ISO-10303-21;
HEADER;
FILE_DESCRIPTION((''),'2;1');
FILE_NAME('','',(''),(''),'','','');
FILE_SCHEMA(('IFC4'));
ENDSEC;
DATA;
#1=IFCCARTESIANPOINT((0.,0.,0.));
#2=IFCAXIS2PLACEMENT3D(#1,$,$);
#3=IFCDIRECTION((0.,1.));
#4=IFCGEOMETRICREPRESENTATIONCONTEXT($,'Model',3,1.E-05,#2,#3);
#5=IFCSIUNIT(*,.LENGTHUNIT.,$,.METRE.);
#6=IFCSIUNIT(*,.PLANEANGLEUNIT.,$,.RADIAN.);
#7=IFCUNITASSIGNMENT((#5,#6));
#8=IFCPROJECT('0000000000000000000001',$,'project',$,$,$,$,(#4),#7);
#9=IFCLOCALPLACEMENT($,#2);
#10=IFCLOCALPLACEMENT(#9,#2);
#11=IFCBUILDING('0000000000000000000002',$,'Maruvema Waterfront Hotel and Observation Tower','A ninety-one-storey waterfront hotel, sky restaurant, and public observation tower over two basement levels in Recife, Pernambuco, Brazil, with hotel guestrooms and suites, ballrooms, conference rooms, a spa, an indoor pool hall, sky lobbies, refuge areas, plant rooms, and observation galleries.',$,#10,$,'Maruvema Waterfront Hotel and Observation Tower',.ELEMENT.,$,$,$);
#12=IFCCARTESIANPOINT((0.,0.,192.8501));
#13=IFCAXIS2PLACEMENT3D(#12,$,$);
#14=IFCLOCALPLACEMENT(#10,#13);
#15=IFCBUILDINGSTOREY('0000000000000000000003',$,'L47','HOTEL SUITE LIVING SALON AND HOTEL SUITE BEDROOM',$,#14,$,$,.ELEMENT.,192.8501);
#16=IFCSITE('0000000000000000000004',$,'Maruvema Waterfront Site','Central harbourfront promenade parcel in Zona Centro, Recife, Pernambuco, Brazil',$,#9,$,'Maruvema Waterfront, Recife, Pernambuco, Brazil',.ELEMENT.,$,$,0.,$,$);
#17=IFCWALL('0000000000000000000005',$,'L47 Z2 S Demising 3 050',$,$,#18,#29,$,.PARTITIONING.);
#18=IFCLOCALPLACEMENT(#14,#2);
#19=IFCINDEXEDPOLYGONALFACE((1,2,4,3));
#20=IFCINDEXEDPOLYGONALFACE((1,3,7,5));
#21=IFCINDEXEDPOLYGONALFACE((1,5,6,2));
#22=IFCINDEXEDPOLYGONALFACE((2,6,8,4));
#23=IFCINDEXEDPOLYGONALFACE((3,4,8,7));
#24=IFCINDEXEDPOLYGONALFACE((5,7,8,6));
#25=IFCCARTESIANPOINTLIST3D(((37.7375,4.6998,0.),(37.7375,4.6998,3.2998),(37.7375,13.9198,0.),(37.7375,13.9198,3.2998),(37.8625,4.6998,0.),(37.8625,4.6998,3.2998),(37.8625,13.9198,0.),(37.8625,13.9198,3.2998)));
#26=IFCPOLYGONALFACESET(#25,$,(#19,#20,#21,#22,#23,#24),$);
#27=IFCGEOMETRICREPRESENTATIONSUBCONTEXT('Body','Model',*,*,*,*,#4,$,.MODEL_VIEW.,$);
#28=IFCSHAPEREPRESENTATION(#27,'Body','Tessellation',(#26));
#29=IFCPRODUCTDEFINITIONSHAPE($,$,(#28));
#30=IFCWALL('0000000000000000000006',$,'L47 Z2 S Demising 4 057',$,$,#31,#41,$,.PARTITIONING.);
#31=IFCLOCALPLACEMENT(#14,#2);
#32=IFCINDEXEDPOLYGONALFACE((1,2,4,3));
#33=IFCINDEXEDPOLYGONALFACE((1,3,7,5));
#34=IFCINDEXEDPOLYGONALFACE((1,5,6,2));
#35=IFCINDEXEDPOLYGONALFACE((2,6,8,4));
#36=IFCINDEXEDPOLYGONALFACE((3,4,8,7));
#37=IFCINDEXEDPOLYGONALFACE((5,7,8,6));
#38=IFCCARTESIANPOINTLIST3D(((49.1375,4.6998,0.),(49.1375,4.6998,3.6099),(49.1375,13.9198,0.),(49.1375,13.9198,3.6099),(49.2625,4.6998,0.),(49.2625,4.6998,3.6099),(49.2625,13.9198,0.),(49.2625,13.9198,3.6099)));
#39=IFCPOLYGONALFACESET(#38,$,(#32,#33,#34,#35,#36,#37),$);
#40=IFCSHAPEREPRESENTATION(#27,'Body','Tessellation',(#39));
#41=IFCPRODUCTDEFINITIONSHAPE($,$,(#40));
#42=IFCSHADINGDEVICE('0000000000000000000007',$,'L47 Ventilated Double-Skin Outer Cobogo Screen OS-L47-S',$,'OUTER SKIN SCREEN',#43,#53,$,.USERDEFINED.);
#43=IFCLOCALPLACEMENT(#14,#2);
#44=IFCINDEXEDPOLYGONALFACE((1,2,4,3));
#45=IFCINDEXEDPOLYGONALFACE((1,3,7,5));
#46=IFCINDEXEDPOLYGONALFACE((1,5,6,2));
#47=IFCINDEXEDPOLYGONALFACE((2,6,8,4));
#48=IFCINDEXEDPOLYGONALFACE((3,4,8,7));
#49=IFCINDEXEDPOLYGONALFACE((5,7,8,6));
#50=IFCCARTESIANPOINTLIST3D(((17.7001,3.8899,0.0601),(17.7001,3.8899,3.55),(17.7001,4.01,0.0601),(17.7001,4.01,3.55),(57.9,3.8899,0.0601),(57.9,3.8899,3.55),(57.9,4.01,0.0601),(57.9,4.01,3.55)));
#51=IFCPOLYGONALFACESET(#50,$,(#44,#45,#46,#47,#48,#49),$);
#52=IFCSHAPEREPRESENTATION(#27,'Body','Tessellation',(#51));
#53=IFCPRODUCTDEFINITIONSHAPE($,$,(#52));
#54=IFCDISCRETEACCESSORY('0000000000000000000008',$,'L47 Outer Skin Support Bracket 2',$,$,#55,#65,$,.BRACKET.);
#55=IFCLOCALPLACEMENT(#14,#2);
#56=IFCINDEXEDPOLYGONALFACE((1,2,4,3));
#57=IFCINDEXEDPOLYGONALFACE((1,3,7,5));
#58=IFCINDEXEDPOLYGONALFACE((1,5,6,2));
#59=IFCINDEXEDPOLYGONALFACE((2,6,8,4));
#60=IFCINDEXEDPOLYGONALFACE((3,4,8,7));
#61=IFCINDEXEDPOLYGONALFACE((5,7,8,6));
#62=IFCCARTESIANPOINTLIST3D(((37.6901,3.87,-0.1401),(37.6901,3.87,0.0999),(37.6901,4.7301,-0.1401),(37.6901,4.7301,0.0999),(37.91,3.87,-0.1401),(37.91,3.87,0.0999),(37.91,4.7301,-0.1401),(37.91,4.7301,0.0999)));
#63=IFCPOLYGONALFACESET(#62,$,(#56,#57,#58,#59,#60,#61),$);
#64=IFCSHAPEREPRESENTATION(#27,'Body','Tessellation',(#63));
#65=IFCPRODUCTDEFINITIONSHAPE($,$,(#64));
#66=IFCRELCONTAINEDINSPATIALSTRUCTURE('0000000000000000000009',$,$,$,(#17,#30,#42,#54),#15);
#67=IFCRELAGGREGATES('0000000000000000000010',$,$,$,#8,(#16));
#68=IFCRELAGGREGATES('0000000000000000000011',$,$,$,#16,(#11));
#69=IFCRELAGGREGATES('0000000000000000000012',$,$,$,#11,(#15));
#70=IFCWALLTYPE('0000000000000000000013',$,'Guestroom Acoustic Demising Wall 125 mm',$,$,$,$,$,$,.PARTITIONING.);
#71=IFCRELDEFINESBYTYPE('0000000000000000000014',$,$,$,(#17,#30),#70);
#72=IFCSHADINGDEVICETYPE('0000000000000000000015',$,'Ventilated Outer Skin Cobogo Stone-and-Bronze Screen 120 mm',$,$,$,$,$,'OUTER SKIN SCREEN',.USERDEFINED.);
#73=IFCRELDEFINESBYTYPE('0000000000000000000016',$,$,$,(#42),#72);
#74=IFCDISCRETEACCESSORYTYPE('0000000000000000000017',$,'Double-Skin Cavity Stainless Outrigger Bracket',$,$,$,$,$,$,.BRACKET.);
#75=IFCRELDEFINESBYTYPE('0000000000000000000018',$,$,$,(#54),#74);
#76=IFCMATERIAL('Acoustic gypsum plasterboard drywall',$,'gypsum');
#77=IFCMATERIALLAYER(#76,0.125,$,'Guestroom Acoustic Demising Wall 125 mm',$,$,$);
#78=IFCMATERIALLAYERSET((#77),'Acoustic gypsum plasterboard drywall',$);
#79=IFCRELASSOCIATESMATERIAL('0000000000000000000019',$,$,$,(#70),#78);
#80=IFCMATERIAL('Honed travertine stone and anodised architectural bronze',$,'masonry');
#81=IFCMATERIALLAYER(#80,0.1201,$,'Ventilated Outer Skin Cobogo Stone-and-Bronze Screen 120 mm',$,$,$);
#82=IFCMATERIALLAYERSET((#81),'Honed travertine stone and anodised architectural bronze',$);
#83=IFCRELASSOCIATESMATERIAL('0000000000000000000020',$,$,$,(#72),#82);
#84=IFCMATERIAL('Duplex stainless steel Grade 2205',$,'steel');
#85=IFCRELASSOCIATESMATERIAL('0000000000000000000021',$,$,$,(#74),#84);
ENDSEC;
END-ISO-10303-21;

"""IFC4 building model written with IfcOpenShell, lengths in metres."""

from ifc_helpers import new_model, si_unit, direction, frame, frame_2d, origin, origin_2d, place, context, subcontext, project, spatial, rectangle, extrude, material, layer, layer_set, type_object, element, save


model = new_model("IFC4")

# Units and contexts
model_context = context("Model", 3, precision=1e-05, world=origin(), true_north=direction((0.0, 1.0)))
body_context = subcontext(model_context, "Body", "Model", "MODEL_VIEW")
ifc_project = project(units=[si_unit("LENGTHUNIT", "METRE"), si_unit("PLANEANGLEUNIT", "RADIAN")], contexts=[model_context])

# Site, building, storey
site_placement = place(None, origin())
site = spatial("IfcSite", under=ifc_project, at=site_placement, Name="Maruvema Waterfront Site", Description="Central harbourfront promenade parcel in Zona Centro, Recife, Pernambuco, Brazil", LongName="Maruvema Waterfront, Recife, Pernambuco, Brazil", CompositionType="ELEMENT", RefElevation=0.0)
building_placement = place(site_placement, origin())
building = spatial("IfcBuilding", under=site, at=building_placement, Name="Maruvema Waterfront Hotel and Observation Tower", Description="A ninety-one-storey waterfront hotel, sky restaurant, and public observation tower over two basement levels in Recife, Pernambuco, Brazil, with hotel guestrooms and suites, ballrooms, conference rooms, a spa, an indoor pool hall, sky lobbies, refuge areas, plant rooms, and observation galleries.", LongName="Maruvema Waterfront Hotel and Observation Tower", CompositionType="ELEMENT")
storey_placement = place(building_placement, frame((0.0, 0.0, 192.8501)))
storey = spatial("IfcBuildingStorey", under=building, at=storey_placement, Name="L47", Description="HOTEL SUITE LIVING SALON AND HOTEL SUITE BEDROOM", CompositionType="ELEMENT", Elevation=192.8501)

# Walls
ifc_material_1 = material(Name="Acoustic gypsum plasterboard drywall", Category="gypsum")
ifc_layer_1 = layer(ifc_material_1, 0.125, Name="Guestroom Acoustic Demising Wall 125 mm")
ifc_layer_set_1 = layer_set([ifc_layer_1], Name="Acoustic gypsum plasterboard drywall")
wall_type_1 = type_object("IfcWallType", Name="Guestroom Acoustic Demising Wall 125 mm", PredefinedType="PARTITIONING", material=ifc_layer_set_1)
wall_1_placement = place(storey_placement, frame((37.8, 4.7, 0.0), z_axis=(0.0, 0.0, 1.0), x_axis=(0.0, 1.0, 0.0)))
element("IfcWall", 1, at=wall_1_placement, inside=storey, type_object=wall_type_1, Name="L47 Z2 S Demising 3 050", PredefinedType="PARTITIONING", context=body_context, shape_type="SweptSolid", body=[
    extrude(rectangle(XDim=9.22, YDim=0.125, at=frame_2d((4.6099, 0.0))), origin(), (0.0, 0.0, 1.0), 3.2998),
])
wall_2_placement = place(storey_placement, frame((49.2, 4.7, 0.0), z_axis=(0.0, 0.0, 1.0), x_axis=(0.0, 1.0, 0.0)))
element("IfcWall", 2, at=wall_2_placement, inside=storey, type_object=wall_type_1, Name="L47 Z2 S Demising 4 057", PredefinedType="PARTITIONING", context=body_context, shape_type="SweptSolid", body=[
    extrude(rectangle(XDim=9.22, YDim=0.125, at=frame_2d((4.6099, 0.0))), origin(), (0.0, 0.0, 1.0), 3.6099),
])

# Shading device
ifc_material_2 = material(Name="Honed travertine stone and anodised architectural bronze", Category="masonry")
ifc_layer_2 = layer(ifc_material_2, 0.1201, Name="Ventilated Outer Skin Cobogo Stone-and-Bronze Screen 120 mm")
ifc_layer_set_2 = layer_set([ifc_layer_2], Name="Honed travertine stone and anodised architectural bronze")
shading_device_type = type_object("IfcShadingDeviceType", Name="Ventilated Outer Skin Cobogo Stone-and-Bronze Screen 120 mm", ElementType="OUTER SKIN SCREEN", PredefinedType="USERDEFINED", material=ifc_layer_set_2)
shading_device_placement = place(storey_placement, frame((37.8, 3.95, 0.0601), z_axis=(0.0, 0.0, 1.0), x_axis=(1.0, 0.0, 0.0)))
element("IfcShadingDevice", 3, at=shading_device_placement, inside=storey, type_object=shading_device_type, Name="L47 Ventilated Double-Skin Outer Cobogo Screen OS-L47-S", ObjectType="OUTER SKIN SCREEN", PredefinedType="USERDEFINED", context=body_context, shape_type="SweptSolid", body=[
    extrude(rectangle(XDim=40.2, YDim=0.1201, at=origin_2d()), origin(), (0.0, 0.0, 1.0), 3.49),
])

# Discrete accessory
ifc_material_3 = material(Name="Duplex stainless steel Grade 2205", Category="steel")
discrete_accessory_type = type_object("IfcDiscreteAccessoryType", Name="Double-Skin Cavity Stainless Outrigger Bracket", PredefinedType="BRACKET", material=ifc_material_3)
discrete_accessory_placement = place(storey_placement, frame((37.8, 4.3, -0.1401), z_axis=(0.0, 0.0, 1.0), x_axis=(1.0, 0.0, 0.0)))
element("IfcDiscreteAccessory", 4, at=discrete_accessory_placement, inside=storey, type_object=discrete_accessory_type, Name="L47 Outer Skin Support Bracket 2", PredefinedType="BRACKET", context=body_context, shape_type="SweptSolid", body=[
    extrude(rectangle(XDim=0.22, YDim=0.8601, at=origin_2d()), origin(), (0.0, 0.0, 1.0), 0.24),
])

save(model, "model.ifc")
